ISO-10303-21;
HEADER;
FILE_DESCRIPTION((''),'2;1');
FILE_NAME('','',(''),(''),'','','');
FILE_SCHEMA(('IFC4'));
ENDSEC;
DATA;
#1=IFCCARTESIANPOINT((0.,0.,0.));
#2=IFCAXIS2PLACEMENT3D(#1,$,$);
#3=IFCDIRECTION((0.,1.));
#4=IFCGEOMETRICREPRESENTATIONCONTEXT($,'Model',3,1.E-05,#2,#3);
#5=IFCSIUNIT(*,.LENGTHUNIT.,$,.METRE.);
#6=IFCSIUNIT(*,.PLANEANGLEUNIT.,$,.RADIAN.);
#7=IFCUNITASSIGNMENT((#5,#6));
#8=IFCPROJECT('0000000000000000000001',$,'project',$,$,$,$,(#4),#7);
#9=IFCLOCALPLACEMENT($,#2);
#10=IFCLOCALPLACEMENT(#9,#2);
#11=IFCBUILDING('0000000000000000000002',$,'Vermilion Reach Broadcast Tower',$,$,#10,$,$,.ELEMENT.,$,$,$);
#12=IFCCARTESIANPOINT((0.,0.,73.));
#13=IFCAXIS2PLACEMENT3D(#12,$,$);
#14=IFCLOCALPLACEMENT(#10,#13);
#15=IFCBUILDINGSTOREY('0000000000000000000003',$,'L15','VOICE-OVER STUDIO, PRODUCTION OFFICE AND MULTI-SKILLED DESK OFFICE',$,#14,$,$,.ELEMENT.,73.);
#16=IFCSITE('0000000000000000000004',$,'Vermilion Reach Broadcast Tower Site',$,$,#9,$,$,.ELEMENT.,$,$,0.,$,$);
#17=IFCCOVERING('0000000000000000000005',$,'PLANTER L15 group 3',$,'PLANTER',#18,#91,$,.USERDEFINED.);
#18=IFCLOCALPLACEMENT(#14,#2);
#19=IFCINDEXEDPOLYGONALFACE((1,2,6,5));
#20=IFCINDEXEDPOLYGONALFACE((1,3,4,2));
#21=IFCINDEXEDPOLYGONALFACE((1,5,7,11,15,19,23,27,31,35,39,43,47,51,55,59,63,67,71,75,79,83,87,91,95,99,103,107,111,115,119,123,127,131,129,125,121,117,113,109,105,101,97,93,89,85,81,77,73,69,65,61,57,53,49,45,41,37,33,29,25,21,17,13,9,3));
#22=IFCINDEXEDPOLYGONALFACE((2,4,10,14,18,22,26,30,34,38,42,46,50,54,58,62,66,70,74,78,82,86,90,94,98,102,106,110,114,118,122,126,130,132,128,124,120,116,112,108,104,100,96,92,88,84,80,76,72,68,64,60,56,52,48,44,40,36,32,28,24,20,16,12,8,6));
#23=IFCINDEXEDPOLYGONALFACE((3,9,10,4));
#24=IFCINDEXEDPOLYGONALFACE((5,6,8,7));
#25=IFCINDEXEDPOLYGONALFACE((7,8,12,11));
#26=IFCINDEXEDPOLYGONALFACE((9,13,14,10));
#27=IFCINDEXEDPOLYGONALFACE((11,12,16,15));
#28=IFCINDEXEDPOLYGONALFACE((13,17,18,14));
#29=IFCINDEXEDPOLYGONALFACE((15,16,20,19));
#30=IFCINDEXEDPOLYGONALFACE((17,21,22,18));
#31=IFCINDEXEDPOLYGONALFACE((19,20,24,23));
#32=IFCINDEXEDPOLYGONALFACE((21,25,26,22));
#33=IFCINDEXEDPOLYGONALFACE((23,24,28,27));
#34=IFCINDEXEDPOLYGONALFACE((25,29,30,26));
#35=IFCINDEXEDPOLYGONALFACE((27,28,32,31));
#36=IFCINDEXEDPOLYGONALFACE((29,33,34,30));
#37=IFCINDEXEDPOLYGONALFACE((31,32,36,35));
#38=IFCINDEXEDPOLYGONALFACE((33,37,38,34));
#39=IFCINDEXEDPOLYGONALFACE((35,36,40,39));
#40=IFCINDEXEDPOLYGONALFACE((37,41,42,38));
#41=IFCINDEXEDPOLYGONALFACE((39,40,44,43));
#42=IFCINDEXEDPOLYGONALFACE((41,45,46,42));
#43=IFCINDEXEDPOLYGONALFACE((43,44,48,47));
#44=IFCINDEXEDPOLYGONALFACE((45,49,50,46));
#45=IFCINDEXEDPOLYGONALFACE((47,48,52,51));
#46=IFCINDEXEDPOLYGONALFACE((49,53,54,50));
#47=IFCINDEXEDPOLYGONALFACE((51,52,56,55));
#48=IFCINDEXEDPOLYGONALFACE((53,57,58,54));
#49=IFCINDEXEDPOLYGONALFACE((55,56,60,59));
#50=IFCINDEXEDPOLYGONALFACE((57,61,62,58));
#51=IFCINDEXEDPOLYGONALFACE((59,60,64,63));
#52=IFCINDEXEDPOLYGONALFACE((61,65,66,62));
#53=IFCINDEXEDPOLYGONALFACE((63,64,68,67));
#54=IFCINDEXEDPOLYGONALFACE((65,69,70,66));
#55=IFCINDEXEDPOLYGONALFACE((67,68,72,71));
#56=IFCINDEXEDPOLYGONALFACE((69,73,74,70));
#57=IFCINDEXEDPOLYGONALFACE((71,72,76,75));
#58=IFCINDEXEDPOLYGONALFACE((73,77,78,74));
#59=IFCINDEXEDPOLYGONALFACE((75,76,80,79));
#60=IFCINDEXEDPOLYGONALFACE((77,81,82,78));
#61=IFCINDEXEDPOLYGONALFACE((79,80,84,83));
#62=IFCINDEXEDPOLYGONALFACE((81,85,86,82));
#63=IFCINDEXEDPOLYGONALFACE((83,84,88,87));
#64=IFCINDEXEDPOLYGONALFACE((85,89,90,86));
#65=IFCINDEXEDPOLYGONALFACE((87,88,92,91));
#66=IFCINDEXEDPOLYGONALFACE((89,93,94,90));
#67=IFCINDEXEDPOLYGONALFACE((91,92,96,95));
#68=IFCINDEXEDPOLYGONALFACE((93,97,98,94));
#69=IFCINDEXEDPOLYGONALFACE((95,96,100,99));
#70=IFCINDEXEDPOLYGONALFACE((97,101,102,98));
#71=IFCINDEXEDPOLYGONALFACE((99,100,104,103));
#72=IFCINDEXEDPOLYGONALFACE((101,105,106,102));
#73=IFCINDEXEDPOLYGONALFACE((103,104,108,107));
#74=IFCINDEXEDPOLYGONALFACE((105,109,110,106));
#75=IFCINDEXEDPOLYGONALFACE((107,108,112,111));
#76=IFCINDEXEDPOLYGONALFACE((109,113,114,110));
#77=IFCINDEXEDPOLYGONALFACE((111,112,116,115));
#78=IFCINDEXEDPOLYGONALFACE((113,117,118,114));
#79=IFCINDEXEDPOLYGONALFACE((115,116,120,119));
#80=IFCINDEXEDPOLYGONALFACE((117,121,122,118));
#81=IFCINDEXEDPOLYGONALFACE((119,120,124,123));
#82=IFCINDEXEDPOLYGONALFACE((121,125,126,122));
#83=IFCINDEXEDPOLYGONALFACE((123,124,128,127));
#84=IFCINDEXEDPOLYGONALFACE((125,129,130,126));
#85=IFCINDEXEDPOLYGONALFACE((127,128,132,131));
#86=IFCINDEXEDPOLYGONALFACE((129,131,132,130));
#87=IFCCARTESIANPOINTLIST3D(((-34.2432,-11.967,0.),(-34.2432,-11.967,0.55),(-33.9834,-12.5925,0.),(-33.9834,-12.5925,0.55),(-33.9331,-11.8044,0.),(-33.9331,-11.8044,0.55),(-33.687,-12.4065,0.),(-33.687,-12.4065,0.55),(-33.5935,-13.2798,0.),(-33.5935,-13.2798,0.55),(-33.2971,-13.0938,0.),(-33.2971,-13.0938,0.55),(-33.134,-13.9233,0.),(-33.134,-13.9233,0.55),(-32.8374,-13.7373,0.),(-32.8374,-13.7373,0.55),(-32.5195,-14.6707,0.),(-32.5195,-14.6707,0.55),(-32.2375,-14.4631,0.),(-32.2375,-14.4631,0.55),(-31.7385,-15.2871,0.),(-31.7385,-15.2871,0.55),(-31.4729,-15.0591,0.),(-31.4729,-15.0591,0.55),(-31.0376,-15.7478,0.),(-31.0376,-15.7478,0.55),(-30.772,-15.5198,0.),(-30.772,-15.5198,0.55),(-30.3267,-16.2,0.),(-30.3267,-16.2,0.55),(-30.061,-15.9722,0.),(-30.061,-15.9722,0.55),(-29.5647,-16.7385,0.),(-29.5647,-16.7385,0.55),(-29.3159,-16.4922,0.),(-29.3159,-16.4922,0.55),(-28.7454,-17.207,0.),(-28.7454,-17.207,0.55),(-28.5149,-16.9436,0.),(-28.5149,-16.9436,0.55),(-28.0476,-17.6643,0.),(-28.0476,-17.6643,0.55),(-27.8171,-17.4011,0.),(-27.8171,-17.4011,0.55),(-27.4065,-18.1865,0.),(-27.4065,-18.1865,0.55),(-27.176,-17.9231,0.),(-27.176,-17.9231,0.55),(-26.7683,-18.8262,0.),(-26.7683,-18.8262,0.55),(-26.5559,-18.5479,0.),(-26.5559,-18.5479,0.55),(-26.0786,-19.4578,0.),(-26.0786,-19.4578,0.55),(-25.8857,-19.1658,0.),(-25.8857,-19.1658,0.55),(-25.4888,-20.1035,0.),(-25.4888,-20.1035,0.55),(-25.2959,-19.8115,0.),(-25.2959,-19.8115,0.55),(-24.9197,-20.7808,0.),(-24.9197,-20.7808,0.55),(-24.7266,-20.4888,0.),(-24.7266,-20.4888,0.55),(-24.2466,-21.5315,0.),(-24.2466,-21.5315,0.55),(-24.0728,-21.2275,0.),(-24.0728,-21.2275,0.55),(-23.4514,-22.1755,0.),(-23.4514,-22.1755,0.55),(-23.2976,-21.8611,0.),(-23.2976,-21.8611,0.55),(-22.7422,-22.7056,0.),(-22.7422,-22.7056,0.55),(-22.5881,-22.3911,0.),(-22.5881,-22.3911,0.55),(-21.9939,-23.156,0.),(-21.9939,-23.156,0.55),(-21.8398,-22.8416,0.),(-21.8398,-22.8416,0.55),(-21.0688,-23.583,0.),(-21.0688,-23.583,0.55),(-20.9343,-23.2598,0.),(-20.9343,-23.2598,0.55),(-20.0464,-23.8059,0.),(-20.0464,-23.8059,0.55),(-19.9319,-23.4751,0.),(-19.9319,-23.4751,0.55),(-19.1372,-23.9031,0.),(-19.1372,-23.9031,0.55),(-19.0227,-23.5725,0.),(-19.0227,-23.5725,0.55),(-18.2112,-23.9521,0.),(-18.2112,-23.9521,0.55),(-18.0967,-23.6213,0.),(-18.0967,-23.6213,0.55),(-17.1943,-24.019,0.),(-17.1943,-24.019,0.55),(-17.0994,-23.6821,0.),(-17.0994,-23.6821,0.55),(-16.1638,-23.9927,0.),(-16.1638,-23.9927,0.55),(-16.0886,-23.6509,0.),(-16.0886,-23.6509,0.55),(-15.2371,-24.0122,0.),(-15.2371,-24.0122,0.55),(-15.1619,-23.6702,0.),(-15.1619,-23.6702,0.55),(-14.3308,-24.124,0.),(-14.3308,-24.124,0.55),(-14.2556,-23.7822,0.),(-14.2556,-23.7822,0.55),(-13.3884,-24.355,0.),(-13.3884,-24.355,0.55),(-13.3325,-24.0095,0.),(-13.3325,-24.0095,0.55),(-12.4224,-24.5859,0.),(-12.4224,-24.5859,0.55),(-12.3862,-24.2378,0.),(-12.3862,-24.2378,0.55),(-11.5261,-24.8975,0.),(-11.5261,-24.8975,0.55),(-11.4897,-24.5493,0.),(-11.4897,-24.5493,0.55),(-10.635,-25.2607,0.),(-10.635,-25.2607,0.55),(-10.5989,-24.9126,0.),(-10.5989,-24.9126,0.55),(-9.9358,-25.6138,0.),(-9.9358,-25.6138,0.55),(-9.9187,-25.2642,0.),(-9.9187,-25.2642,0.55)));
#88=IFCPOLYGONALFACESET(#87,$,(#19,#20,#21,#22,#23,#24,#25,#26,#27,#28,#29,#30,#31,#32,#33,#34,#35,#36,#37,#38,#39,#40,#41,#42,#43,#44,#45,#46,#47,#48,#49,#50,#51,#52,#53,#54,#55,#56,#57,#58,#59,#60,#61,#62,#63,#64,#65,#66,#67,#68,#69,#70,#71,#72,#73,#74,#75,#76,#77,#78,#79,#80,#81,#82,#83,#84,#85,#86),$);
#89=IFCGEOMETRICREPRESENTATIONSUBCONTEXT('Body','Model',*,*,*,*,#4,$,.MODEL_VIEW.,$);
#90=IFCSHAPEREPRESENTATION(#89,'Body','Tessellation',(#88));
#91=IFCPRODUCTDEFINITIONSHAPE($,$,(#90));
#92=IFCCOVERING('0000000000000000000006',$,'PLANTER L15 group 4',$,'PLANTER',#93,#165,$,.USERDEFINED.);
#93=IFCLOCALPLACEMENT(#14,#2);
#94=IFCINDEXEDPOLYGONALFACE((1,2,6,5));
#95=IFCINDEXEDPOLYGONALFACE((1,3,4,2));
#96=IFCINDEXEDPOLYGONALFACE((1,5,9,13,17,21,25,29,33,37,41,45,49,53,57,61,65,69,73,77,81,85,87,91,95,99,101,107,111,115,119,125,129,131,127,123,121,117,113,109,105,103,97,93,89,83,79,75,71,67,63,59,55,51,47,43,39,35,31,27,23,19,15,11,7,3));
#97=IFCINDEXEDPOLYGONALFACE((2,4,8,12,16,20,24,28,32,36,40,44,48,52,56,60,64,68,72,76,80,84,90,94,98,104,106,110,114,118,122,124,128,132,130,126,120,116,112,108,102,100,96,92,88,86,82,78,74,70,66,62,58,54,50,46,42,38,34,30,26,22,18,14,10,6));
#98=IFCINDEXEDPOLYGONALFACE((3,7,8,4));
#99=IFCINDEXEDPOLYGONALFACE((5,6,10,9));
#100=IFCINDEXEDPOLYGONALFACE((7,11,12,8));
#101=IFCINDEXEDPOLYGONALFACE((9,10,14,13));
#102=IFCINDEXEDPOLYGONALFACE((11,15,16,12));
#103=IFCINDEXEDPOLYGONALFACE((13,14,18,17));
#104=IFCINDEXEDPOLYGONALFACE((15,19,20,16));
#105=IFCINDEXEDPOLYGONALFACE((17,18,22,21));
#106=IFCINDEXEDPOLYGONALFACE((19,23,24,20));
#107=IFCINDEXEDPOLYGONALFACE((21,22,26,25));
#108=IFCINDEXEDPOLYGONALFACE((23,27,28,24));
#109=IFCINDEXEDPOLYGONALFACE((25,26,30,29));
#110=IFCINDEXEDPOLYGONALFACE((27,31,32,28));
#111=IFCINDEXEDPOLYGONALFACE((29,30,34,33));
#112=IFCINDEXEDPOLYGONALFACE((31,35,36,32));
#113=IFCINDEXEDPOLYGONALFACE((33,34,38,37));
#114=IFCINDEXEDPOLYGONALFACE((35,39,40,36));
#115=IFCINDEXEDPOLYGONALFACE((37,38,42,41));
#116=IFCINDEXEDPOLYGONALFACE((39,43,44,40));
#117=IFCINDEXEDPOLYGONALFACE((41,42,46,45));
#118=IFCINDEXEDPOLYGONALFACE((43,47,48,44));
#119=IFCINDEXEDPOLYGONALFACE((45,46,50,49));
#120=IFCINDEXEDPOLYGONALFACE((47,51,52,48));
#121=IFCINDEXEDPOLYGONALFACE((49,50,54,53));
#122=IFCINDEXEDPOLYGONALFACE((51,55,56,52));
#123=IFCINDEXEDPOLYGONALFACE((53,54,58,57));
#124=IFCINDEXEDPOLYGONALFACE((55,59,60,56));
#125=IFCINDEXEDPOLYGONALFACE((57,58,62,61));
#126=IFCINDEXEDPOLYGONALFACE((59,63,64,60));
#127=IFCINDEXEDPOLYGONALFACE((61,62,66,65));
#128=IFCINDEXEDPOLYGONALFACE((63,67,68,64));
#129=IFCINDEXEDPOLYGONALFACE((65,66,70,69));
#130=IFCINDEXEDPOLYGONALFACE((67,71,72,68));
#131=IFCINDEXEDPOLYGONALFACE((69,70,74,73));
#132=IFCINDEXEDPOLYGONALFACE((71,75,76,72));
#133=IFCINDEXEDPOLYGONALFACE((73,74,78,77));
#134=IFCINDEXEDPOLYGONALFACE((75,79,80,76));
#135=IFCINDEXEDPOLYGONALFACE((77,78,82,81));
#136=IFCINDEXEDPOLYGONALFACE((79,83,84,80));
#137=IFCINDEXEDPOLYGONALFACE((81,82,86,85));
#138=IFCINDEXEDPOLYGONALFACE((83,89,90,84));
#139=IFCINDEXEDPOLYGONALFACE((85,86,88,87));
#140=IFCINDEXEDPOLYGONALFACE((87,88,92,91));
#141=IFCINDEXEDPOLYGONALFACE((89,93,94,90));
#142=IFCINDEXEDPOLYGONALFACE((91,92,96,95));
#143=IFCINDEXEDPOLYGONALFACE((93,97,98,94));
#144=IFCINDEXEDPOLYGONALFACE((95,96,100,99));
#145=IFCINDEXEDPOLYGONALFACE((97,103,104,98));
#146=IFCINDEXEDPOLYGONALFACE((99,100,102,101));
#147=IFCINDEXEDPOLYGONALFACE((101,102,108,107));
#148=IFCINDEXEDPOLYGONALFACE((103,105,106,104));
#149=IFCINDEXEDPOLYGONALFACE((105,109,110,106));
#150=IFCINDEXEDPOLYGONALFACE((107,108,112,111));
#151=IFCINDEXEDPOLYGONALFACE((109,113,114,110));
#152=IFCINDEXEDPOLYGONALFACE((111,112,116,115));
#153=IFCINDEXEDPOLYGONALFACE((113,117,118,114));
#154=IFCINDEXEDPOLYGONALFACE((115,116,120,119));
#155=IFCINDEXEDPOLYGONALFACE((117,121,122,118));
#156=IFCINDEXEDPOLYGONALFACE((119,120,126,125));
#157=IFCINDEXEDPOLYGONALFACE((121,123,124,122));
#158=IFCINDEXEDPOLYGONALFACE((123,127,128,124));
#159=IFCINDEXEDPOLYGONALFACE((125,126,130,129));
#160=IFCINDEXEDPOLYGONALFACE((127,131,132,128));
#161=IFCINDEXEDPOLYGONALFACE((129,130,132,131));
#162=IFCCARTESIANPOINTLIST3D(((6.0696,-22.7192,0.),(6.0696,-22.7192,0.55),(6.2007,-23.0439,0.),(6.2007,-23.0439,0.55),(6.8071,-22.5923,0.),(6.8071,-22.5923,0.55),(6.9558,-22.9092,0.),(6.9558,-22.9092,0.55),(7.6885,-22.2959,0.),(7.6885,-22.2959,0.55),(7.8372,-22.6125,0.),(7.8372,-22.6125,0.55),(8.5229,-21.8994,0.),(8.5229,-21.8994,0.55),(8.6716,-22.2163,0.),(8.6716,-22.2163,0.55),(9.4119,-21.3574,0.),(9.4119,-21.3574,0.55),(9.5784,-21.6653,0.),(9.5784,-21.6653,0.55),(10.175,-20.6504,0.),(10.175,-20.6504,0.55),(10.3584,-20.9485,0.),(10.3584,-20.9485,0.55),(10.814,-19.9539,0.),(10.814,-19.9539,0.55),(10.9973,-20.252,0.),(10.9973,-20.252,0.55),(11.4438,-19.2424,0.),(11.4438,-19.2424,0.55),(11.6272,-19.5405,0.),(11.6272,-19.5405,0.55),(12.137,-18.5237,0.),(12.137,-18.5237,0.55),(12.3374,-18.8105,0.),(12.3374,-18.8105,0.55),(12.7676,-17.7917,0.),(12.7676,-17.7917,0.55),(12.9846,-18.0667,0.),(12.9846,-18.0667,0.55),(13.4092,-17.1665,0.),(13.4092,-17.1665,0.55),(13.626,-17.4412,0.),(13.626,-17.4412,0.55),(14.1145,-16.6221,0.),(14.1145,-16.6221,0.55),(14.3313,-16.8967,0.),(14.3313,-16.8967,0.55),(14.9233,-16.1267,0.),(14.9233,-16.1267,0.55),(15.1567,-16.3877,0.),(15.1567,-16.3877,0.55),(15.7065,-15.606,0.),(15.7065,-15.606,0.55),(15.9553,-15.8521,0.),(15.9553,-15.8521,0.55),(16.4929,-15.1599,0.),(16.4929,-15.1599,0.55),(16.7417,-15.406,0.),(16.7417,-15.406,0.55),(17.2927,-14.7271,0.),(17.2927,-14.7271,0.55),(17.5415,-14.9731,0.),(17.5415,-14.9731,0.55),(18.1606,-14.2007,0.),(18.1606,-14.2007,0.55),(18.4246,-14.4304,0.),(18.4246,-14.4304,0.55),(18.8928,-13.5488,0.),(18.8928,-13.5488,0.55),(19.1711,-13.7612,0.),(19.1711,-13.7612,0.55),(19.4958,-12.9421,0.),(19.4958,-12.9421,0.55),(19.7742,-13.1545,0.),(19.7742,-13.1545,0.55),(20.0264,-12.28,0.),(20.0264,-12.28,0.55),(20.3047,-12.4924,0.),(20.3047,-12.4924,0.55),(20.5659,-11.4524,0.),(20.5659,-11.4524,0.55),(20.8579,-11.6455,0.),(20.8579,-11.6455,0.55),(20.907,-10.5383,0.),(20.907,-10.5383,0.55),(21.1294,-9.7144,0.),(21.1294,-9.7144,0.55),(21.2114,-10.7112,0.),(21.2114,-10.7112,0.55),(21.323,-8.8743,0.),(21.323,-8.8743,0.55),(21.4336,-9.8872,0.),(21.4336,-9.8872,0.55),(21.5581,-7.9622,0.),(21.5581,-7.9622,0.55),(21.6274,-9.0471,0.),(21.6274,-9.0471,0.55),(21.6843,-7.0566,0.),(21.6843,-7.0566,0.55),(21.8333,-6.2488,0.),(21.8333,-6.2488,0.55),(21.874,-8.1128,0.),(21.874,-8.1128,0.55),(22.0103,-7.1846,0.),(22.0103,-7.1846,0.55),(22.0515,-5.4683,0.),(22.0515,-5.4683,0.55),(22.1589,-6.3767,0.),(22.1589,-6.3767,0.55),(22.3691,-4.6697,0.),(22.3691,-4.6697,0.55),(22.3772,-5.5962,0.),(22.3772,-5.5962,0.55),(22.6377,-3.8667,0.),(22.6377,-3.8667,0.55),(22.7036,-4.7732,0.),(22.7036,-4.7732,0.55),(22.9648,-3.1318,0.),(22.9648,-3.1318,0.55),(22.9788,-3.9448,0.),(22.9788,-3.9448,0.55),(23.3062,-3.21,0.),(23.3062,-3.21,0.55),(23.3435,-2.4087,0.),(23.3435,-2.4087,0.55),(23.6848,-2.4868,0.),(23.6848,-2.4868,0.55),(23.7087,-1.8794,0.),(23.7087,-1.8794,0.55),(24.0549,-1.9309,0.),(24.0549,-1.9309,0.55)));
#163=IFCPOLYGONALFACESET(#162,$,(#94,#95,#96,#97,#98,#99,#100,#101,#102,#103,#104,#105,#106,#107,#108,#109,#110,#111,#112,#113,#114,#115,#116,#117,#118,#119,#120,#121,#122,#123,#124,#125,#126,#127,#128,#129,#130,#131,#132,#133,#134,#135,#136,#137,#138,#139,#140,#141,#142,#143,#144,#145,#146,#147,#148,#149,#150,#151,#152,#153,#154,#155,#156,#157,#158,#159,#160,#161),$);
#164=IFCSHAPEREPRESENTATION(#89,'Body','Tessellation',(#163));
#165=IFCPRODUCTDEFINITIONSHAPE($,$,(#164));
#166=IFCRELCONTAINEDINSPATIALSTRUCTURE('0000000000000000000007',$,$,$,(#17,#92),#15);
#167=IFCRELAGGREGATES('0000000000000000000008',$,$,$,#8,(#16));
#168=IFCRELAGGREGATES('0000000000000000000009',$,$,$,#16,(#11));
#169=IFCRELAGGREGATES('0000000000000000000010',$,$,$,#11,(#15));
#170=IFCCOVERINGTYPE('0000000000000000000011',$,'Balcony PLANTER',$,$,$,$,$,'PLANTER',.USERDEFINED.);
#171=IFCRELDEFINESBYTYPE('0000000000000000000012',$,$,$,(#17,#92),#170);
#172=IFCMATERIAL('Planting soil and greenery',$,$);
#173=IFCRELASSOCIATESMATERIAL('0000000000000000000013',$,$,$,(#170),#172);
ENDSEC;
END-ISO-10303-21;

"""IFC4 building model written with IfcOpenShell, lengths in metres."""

from ifc_helpers import new_model, si_unit, direction, frame, origin, place, context, subcontext, project, spatial, polyline, outline, extrude, material, type_object, element, save


model = new_model("IFC4")

# Units and contexts
model_context = context("Model", 3, precision=1e-05, world=origin(), true_north=direction((0.0, 1.0)))
body_context = subcontext(model_context, "Body", "Model", "MODEL_VIEW")
ifc_project = project(units=[si_unit("LENGTHUNIT", "METRE"), si_unit("PLANEANGLEUNIT", "RADIAN")], contexts=[model_context])

# Site, building, storey
site_placement = place(None, origin())
site = spatial("IfcSite", under=ifc_project, at=site_placement, Name="Vermilion Reach Broadcast Tower Site", CompositionType="ELEMENT", RefElevation=0.0)
building_placement = place(site_placement, origin())
building = spatial("IfcBuilding", under=site, at=building_placement, Name="Vermilion Reach Broadcast Tower", CompositionType="ELEMENT")
storey_placement = place(building_placement, frame((0.0, 0.0, 73.0)))
storey = spatial("IfcBuildingStorey", under=building, at=storey_placement, Name="L15", Description="VOICE-OVER STUDIO, PRODUCTION OFFICE AND MULTI-SKILLED DESK OFFICE", CompositionType="ELEMENT", Elevation=73.0)

# Shared definitions
placement_1 = place(storey_placement, origin())

# Coverings
ifc_material_1 = material(Name="Planting soil and greenery")
covering_type = type_object("IfcCoveringType", Name="Balcony PLANTER", ElementType="PLANTER", PredefinedType="USERDEFINED", material=ifc_material_1)
element("IfcCovering", 1, at=placement_1, inside=storey, type_object=covering_type, Name="PLANTER L15 group 3", ObjectType="PLANTER", PredefinedType="USERDEFINED", context=body_context, shape_type="SweptSolid", body=[
    extrude(outline(polyline([(-34.2432, -11.967), (-33.9834, -12.5925), (-33.5935, -13.2798), (-33.134, -13.9233), (-32.5195, -14.6707), (-31.7385, -15.2871), (-31.0376, -15.7478), (-30.3267, -16.2), (-29.5647, -16.7385), (-28.7454, -17.207), (-28.0476, -17.6643), (-27.4065, -18.1865), (-26.7683, -18.8262), (-26.0786, -19.4578), (-25.4888, -20.1035), (-24.9197, -20.7808), (-24.2466, -21.5315), (-23.4514, -22.1755), (-22.7422, -22.7056), (-21.9939, -23.156), (-21.0688, -23.583), (-20.0464, -23.8059), (-19.1372, -23.9031), (-18.2112, -23.9521), (-17.1943, -24.019), (-16.1638, -23.9927), (-15.2371, -24.0122), (-14.3308, -24.124), (-13.3884, -24.355), (-12.4224, -24.5859), (-11.5261, -24.8975), (-10.635, -25.2607), (-9.9358, -25.6138), (-9.9187, -25.2642), (-10.5989, -24.9126), (-11.4897, -24.5493), (-12.3862, -24.2378), (-13.3325, -24.0095), (-14.2556, -23.7822), (-15.1619, -23.6702), (-16.0886, -23.6509), (-17.0994, -23.6821), (-18.0967, -23.6213), (-19.0227, -23.5725), (-19.9319, -23.4751), (-20.9343, -23.2598), (-21.8398, -22.8416), (-22.5881, -22.3911), (-23.2976, -21.8611), (-24.0728, -21.2275), (-24.7266, -20.4888), (-25.2959, -19.8115), (-25.8857, -19.1658), (-26.5559, -18.5479), (-27.176, -17.9231), (-27.8171, -17.4011), (-28.5149, -16.9436), (-29.3159, -16.4922), (-30.061, -15.9722), (-30.772, -15.5198), (-31.4729, -15.0591), (-32.2375, -14.4631), (-32.8374, -13.7373), (-33.2971, -13.0938), (-33.687, -12.4065), (-33.9331, -11.8044), (-34.2432, -11.967)])), origin(), (0.0, 0.0, 1.0), 0.55),
])
element("IfcCovering", 2, at=placement_1, inside=storey, type_object=covering_type, Name="PLANTER L15 group 4", ObjectType="PLANTER", PredefinedType="USERDEFINED", context=body_context, shape_type="SweptSolid", body=[
    extrude(outline(polyline([(6.2007, -23.0439), (6.9558, -22.9092), (7.8372, -22.6125), (8.6716, -22.2163), (9.5784, -21.6653), (10.3584, -20.9485), (10.9973, -20.252), (11.6272, -19.5405), (12.3374, -18.8105), (12.9846, -18.0667), (13.626, -17.4412), (14.3313, -16.8967), (15.1567, -16.3877), (15.9553, -15.8521), (16.7417, -15.406), (17.5415, -14.9731), (18.4246, -14.4304), (19.1711, -13.7612), (19.7742, -13.1545), (20.3047, -12.4924), (20.8579, -11.6455), (21.2114, -10.7112), (21.4336, -9.8872), (21.6274, -9.0471), (21.874, -8.1128), (22.0103, -7.1846), (22.1589, -6.3767), (22.3772, -5.5962), (22.7036, -4.7732), (22.9788, -3.9448), (23.3062, -3.21), (23.6848, -2.4868), (24.0549, -1.9309), (23.7087, -1.8794), (23.3435, -2.4087), (22.9648, -3.1318), (22.6377, -3.8667), (22.3691, -4.6697), (22.0515, -5.4683), (21.8333, -6.2488), (21.6843, -7.0566), (21.5581, -7.9622), (21.323, -8.8743), (21.1294, -9.7144), (20.907, -10.5383), (20.5659, -11.4524), (20.0264, -12.28), (19.4958, -12.9421), (18.8928, -13.5488), (18.1606, -14.2007), (17.2927, -14.7271), (16.4929, -15.1599), (15.7065, -15.606), (14.9233, -16.1267), (14.1145, -16.6221), (13.4092, -17.1665), (12.7676, -17.7917), (12.137, -18.5237), (11.4438, -19.2424), (10.814, -19.9539), (10.175, -20.6504), (9.4119, -21.3574), (8.5229, -21.8994), (7.6885, -22.2959), (6.8071, -22.5923), (6.0696, -22.7192), (6.2007, -23.0439)])), origin(), (0.0, 0.0, 1.0), 0.55),
])

save(model, "model.ifc")
